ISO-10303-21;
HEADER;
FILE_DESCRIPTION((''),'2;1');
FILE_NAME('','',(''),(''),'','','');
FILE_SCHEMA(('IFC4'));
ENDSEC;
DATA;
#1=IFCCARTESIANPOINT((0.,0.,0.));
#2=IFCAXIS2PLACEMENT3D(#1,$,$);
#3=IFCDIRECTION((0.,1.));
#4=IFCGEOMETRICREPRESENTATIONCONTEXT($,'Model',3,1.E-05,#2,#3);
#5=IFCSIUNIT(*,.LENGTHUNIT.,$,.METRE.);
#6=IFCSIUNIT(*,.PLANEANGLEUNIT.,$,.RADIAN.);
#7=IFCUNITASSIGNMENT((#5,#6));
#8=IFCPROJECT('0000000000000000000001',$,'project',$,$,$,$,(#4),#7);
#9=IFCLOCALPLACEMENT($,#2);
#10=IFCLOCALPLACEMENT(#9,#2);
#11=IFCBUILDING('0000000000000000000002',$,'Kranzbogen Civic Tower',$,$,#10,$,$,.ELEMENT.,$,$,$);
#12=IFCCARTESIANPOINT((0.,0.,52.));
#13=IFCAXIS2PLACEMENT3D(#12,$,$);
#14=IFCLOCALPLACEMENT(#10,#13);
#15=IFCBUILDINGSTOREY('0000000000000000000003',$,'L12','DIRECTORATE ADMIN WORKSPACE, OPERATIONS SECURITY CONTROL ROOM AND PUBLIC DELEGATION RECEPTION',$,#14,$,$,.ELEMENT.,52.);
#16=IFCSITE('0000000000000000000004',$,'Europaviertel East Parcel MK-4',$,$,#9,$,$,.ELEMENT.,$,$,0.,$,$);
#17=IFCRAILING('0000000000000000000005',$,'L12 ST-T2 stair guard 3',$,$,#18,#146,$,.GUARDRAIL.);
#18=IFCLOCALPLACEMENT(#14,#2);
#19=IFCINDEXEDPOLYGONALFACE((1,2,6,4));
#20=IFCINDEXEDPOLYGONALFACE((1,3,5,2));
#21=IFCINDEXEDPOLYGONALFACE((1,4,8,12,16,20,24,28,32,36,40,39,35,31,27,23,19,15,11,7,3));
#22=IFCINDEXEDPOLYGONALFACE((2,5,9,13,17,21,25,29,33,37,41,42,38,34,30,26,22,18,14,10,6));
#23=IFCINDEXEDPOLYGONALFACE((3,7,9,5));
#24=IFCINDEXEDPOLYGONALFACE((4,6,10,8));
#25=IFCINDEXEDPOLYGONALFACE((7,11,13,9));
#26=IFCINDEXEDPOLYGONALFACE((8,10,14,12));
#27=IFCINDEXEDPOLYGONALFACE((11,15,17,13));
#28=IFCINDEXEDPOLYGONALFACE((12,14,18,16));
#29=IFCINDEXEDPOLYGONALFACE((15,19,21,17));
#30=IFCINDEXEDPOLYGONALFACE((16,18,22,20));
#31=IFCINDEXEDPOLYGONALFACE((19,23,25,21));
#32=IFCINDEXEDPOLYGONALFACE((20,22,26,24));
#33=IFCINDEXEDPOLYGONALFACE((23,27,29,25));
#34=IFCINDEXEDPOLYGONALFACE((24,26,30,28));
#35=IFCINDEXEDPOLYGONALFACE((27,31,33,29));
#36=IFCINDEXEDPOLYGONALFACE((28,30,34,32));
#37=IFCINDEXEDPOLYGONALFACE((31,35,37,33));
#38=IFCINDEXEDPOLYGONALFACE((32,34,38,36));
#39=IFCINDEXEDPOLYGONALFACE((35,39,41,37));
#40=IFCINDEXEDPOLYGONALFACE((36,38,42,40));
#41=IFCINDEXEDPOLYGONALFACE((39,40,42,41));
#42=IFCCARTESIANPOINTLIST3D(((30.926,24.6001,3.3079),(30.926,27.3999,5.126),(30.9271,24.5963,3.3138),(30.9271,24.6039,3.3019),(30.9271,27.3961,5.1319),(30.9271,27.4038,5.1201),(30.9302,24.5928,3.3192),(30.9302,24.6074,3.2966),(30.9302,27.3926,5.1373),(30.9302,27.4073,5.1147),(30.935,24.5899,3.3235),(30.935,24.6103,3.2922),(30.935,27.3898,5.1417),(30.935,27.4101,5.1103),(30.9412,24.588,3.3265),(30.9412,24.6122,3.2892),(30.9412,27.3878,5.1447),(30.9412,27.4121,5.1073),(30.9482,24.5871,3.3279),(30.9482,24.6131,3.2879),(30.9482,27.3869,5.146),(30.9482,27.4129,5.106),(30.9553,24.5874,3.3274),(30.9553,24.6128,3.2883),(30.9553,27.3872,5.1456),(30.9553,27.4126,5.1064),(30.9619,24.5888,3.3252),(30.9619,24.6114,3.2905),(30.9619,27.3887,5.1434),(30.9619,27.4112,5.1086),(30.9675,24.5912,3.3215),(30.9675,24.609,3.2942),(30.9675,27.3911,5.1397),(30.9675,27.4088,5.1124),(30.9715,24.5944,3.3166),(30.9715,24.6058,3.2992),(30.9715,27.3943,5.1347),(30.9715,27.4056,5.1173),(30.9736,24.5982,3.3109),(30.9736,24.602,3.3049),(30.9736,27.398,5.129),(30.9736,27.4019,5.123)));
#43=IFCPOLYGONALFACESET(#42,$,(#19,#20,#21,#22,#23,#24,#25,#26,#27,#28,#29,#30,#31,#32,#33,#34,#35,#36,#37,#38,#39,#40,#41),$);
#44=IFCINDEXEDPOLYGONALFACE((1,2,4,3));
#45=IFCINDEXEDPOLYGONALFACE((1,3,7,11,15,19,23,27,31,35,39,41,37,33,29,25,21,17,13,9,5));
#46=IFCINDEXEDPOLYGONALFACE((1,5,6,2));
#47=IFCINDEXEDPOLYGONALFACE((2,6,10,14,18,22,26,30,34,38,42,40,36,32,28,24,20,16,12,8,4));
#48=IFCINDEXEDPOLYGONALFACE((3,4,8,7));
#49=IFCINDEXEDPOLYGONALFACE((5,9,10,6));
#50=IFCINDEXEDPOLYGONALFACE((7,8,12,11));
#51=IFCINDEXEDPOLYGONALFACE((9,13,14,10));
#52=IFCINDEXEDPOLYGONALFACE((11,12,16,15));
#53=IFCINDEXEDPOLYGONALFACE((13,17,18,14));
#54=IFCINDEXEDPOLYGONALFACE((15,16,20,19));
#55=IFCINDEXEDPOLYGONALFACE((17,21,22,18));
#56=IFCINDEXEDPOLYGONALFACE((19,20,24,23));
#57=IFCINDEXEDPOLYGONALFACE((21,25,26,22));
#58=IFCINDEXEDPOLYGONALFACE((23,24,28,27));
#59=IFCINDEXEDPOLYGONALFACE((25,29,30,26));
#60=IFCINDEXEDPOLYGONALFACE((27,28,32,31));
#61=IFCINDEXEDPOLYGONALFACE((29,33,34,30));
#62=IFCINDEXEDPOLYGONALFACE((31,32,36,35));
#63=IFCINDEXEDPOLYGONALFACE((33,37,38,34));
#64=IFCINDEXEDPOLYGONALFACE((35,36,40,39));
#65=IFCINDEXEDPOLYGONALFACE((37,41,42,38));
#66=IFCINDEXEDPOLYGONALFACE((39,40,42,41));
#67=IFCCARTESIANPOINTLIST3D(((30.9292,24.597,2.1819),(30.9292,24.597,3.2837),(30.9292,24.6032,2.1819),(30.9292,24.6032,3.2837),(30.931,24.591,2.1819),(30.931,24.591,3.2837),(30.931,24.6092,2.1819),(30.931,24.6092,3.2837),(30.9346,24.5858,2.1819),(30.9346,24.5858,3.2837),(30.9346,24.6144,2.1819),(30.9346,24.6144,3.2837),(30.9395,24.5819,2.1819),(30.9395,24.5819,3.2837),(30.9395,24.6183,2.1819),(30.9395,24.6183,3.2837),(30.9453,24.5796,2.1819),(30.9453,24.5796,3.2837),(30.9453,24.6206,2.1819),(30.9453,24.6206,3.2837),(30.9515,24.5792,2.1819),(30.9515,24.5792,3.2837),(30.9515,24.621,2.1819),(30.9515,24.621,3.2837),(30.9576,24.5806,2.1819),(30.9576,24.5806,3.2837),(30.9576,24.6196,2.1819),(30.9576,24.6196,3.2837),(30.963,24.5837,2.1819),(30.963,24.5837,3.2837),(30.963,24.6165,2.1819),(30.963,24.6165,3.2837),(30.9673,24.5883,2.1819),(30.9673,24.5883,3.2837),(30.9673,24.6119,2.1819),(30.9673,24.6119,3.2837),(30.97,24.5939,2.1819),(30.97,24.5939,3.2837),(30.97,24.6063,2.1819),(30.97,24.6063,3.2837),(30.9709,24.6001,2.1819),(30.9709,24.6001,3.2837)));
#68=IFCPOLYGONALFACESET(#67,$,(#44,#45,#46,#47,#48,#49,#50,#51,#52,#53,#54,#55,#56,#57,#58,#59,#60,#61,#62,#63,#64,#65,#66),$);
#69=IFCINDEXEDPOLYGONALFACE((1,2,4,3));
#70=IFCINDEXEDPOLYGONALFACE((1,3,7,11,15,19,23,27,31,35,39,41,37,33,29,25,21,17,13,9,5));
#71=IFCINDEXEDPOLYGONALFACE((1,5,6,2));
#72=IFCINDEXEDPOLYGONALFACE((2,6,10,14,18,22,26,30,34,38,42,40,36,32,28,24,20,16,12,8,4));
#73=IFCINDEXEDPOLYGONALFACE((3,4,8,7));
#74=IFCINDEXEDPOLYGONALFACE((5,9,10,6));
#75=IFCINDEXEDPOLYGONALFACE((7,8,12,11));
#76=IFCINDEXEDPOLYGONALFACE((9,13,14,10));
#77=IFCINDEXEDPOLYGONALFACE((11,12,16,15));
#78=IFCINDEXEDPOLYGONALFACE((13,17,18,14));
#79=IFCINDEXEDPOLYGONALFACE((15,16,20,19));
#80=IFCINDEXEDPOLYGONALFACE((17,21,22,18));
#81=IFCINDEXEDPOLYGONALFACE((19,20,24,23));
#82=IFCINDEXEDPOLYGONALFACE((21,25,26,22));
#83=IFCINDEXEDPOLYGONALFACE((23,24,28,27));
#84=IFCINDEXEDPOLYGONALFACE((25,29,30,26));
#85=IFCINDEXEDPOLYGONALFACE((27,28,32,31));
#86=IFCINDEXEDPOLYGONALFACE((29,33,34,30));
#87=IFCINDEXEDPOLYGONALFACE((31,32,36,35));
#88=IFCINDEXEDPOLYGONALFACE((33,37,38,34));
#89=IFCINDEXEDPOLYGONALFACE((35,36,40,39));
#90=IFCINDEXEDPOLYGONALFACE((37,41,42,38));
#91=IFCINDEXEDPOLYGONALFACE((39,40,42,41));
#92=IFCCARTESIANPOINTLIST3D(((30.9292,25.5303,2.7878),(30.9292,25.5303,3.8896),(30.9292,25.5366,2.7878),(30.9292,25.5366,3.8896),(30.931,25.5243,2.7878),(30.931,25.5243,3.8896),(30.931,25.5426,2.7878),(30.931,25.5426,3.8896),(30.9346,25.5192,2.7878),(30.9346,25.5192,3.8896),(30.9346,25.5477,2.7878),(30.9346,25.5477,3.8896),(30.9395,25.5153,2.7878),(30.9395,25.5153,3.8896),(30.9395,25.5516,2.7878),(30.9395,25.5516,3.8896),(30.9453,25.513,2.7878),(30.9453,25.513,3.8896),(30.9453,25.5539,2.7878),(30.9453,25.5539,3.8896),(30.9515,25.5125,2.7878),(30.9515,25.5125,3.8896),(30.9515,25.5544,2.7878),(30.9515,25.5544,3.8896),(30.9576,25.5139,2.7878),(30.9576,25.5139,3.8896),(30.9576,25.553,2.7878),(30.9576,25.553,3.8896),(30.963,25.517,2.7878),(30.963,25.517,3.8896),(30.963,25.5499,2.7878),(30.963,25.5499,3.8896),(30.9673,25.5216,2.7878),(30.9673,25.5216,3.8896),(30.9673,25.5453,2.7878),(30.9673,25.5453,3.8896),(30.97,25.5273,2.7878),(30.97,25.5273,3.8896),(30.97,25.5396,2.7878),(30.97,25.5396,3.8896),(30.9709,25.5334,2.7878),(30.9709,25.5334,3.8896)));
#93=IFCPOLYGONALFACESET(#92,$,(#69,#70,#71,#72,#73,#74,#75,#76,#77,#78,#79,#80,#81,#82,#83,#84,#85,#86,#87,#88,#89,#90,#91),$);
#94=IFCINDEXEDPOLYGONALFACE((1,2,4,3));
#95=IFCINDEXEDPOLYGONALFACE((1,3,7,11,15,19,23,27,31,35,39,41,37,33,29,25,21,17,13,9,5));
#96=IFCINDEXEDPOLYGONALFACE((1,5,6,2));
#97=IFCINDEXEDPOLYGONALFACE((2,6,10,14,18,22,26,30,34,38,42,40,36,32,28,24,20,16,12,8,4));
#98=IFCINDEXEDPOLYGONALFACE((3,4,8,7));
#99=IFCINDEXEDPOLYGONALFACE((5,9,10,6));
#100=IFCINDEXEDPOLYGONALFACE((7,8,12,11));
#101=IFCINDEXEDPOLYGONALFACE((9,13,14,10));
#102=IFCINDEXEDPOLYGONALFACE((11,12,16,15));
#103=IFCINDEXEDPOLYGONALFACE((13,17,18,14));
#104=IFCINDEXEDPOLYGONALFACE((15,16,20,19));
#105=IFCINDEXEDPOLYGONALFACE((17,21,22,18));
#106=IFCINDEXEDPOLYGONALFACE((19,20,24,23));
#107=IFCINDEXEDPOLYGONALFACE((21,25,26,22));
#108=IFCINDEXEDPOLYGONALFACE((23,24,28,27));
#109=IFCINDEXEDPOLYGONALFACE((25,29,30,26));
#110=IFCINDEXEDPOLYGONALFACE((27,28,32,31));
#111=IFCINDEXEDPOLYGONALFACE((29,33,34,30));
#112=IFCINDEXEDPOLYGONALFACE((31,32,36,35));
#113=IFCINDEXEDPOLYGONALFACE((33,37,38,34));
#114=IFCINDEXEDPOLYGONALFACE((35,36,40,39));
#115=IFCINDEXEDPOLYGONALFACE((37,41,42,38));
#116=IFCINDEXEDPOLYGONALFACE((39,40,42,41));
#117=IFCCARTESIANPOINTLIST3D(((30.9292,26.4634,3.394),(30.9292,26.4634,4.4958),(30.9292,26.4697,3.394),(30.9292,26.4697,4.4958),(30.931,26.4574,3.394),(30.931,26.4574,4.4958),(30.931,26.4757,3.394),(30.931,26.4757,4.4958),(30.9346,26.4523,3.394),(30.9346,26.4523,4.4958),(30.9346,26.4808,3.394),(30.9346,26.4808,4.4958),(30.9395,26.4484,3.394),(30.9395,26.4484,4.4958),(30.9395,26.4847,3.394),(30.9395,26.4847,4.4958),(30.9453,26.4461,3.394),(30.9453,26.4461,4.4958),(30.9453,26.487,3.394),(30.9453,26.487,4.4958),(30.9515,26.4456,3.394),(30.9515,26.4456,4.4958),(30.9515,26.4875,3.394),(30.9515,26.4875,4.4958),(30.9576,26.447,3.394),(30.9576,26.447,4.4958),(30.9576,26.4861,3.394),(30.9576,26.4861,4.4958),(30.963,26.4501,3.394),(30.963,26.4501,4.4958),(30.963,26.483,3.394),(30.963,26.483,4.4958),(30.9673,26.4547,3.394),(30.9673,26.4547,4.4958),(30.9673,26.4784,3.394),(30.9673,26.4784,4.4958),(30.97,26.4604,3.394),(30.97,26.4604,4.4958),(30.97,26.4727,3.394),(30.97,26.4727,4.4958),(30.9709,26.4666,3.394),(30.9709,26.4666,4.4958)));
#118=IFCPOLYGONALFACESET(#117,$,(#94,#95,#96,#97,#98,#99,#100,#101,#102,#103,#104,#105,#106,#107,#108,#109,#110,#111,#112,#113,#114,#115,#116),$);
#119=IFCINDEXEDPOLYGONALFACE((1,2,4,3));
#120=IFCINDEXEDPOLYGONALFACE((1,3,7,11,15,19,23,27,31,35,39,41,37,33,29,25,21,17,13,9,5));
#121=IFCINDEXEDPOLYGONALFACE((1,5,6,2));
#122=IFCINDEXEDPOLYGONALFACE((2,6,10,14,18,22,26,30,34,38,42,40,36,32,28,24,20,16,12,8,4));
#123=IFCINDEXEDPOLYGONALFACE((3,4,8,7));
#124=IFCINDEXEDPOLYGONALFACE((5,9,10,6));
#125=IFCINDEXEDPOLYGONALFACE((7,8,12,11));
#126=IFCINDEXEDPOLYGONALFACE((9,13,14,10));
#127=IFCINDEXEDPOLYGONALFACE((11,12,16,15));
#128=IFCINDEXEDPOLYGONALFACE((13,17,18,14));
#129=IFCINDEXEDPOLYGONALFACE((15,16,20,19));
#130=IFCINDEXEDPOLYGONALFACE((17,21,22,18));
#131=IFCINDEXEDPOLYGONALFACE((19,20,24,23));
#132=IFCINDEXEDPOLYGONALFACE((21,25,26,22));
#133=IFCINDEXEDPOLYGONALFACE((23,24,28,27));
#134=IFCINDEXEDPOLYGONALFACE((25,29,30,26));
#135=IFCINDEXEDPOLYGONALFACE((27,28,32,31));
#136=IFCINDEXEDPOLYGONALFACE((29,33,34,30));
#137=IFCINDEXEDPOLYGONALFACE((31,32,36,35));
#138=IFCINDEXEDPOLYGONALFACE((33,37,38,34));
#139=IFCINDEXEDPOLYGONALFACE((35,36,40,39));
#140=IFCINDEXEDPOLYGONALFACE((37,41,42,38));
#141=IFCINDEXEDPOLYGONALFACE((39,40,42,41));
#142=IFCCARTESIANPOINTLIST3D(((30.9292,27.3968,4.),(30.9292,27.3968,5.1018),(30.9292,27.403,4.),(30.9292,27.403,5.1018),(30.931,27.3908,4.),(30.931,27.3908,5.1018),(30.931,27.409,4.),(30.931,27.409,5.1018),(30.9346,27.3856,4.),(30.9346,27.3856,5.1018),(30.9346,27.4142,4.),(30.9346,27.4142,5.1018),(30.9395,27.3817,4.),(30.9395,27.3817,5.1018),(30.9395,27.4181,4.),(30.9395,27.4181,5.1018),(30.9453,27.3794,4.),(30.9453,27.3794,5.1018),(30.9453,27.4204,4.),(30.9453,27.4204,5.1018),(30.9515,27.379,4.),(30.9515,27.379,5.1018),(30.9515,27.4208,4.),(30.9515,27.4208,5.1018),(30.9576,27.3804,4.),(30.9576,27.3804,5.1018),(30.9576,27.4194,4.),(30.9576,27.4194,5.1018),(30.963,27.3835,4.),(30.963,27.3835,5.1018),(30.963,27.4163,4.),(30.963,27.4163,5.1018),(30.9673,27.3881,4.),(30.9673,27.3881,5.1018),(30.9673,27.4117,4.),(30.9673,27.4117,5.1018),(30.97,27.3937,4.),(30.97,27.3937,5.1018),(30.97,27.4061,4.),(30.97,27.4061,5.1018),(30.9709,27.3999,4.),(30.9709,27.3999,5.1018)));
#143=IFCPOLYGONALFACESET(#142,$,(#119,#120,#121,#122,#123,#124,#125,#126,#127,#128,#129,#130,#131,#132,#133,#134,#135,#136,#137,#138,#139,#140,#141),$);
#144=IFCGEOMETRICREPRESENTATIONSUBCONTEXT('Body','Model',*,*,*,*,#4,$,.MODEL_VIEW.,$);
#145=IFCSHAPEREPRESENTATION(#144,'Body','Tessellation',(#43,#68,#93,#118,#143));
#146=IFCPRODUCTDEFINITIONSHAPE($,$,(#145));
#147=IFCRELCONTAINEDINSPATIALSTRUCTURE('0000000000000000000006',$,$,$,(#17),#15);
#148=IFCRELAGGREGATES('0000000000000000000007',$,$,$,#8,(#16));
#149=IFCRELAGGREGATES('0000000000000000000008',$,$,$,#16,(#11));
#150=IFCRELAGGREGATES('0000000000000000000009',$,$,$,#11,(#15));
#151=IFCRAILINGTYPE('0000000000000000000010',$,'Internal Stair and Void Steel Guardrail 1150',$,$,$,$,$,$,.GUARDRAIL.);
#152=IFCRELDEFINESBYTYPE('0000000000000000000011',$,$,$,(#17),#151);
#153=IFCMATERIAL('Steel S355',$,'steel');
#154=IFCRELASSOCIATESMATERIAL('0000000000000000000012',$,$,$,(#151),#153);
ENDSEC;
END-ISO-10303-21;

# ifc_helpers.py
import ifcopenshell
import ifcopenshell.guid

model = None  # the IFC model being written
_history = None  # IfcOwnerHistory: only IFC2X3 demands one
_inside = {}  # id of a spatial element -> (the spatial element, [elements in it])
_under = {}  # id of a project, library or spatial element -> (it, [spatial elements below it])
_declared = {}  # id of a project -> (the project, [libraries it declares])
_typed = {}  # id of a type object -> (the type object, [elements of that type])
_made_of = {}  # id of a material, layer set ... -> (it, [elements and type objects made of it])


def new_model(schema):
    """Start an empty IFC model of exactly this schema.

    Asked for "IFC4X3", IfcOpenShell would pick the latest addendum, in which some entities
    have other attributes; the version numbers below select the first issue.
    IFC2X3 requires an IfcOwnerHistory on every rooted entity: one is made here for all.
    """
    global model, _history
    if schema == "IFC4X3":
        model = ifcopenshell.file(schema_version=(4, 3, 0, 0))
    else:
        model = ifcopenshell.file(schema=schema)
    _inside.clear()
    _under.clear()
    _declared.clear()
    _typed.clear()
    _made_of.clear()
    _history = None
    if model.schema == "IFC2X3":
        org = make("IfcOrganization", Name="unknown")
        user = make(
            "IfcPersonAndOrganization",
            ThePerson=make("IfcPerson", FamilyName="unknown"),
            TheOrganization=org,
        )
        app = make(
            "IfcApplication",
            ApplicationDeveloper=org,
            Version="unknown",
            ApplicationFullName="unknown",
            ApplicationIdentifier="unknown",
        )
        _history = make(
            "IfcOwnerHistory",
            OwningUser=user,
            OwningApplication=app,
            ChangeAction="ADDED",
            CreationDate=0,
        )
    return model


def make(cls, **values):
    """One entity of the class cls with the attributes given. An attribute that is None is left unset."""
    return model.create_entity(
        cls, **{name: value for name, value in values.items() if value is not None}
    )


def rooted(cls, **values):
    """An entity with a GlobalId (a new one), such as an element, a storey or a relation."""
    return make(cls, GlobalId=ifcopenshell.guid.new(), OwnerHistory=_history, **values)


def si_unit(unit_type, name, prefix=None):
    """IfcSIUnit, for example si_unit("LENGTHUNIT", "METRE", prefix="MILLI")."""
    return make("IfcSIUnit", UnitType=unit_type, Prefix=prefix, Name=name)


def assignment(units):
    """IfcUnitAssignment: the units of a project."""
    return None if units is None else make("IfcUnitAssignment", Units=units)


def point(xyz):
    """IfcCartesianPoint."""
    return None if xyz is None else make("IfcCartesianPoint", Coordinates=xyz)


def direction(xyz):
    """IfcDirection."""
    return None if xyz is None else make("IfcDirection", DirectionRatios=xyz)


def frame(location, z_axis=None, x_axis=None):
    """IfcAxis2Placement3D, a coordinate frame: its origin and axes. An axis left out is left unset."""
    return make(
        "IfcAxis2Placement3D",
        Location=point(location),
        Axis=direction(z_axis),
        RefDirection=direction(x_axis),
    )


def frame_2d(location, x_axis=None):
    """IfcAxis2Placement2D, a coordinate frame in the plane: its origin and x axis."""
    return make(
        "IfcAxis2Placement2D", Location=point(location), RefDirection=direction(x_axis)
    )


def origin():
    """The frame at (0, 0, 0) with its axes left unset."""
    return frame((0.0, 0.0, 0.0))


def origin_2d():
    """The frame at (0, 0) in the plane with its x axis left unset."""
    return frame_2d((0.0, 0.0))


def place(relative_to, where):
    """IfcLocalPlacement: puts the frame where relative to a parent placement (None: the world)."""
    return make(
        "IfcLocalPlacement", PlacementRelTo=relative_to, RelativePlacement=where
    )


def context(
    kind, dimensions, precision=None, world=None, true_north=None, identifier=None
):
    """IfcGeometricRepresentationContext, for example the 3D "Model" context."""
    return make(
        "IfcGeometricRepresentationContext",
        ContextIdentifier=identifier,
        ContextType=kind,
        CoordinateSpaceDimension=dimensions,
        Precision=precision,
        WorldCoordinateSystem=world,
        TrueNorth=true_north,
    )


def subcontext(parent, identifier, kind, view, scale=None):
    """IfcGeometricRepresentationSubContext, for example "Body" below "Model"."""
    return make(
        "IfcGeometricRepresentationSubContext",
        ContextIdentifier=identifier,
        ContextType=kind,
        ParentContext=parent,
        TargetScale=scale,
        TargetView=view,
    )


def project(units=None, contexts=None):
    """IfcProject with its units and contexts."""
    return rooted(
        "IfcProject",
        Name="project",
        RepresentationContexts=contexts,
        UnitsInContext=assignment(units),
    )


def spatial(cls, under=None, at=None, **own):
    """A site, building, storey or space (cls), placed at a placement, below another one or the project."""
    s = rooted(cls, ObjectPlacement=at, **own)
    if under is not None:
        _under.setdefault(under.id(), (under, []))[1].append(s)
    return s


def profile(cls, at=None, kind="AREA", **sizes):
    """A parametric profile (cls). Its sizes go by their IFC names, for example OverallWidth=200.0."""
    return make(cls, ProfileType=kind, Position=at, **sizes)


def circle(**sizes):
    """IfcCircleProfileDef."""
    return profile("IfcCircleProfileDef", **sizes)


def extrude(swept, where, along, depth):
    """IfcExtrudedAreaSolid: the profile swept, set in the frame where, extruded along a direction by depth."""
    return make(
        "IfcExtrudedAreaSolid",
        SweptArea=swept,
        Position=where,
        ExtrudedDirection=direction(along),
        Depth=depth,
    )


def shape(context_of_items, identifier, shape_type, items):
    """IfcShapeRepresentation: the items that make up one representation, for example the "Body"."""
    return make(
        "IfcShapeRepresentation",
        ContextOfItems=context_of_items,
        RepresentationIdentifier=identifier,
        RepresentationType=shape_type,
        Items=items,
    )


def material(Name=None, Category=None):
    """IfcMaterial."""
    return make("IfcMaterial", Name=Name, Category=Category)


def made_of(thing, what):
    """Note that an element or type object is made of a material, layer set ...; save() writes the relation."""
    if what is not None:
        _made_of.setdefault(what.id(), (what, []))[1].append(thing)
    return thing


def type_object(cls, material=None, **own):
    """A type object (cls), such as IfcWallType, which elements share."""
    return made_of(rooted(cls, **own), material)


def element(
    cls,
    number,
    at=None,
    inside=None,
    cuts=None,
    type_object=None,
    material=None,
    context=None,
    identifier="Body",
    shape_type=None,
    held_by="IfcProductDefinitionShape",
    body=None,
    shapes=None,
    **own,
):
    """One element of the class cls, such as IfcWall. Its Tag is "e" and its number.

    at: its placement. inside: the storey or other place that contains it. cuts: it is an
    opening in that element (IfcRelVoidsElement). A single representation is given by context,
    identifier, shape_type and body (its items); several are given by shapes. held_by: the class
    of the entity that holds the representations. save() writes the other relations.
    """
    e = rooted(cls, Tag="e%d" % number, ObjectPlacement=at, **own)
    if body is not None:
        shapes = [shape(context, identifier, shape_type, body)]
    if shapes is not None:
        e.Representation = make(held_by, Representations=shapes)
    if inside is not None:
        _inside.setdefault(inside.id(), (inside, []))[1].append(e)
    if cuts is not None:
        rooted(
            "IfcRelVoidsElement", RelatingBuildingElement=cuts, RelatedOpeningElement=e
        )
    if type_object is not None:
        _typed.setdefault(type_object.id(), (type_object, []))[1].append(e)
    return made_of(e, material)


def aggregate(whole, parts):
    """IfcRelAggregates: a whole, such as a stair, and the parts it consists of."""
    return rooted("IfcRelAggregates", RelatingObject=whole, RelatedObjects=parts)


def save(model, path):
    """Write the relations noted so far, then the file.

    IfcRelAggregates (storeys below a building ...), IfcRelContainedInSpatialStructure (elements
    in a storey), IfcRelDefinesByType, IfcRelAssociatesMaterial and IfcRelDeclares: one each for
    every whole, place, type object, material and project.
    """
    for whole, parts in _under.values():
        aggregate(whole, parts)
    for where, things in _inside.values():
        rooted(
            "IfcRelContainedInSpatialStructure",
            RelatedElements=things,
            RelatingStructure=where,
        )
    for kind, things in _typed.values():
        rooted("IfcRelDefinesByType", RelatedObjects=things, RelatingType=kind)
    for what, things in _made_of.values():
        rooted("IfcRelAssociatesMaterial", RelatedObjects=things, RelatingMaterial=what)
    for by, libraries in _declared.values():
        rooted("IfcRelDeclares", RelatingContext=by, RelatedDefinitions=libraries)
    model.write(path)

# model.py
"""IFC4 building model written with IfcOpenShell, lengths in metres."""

from ifc_helpers import new_model, si_unit, direction, frame, origin, origin_2d, place, context, subcontext, project, spatial, circle, extrude, material, type_object, element, save


model = new_model("IFC4")

# Units and contexts
model_context = context("Model", 3, precision=1e-05, world=origin(), true_north=direction((0.0, 1.0)))
body_context = subcontext(model_context, "Body", "Model", "MODEL_VIEW")
ifc_project = project(units=[si_unit("LENGTHUNIT", "METRE"), si_unit("PLANEANGLEUNIT", "RADIAN")], contexts=[model_context])

# Site, building, storey
site_placement = place(None, origin())
site = spatial("IfcSite", under=ifc_project, at=site_placement, Name="Europaviertel East Parcel MK-4", CompositionType="ELEMENT", RefElevation=0.0)
building_placement = place(site_placement, origin())
building = spatial("IfcBuilding", under=site, at=building_placement, Name="Kranzbogen Civic Tower", CompositionType="ELEMENT")
storey_placement = place(building_placement, frame((0.0, 0.0, 52.0)))
storey = spatial("IfcBuildingStorey", under=building, at=storey_placement, Name="L12", Description="DIRECTORATE ADMIN WORKSPACE, OPERATIONS SECURITY CONTROL ROOM AND PUBLIC DELEGATION RECEPTION", CompositionType="ELEMENT", Elevation=52.0)

# Shared definitions
ifc_material_1 = material(Name="Steel S355", Category="steel")

# Railing
railing_type_1 = type_object("IfcRailingType", Name="Internal Stair and Void Steel Guardrail 1150", PredefinedType="GUARDRAIL", material=ifc_material_1)
railing_1_placement = place(storey_placement, frame((30.95, 24.6001, 2.1819)))
element("IfcRailing", 1, at=railing_1_placement, inside=storey, type_object=railing_type_1, Name="L12 ST-T2 stair guard 3", PredefinedType="GUARDRAIL", context=body_context, shape_type="SweptSolid", body=[
    extrude(circle(Radius=0.0239, at=origin_2d()), frame((0.0, 0.0, 1.126), z_axis=(0.0, 0.838684, 0.544618), x_axis=(-1.0, 0.0, 0.0)), (0.0, 0.0, 1.0), 3.3384),
    extrude(circle(Radius=0.021, at=origin_2d()), origin(), (0.0, 0.0, 1.0), 1.1018),
    extrude(circle(Radius=0.021, at=origin_2d()), frame((0.0, 0.9333, 0.606)), (0.0, 0.0, 1.0), 1.1018),
    extrude(circle(Radius=0.021, at=origin_2d()), frame((0.0, 1.8665, 1.2122)), (0.0, 0.0, 1.0), 1.1018),
    extrude(circle(Radius=0.021, at=origin_2d()), frame((0.0, 2.7998, 1.8181)), (0.0, 0.0, 1.0), 1.1018),
])

save(model, "model.ifc")
